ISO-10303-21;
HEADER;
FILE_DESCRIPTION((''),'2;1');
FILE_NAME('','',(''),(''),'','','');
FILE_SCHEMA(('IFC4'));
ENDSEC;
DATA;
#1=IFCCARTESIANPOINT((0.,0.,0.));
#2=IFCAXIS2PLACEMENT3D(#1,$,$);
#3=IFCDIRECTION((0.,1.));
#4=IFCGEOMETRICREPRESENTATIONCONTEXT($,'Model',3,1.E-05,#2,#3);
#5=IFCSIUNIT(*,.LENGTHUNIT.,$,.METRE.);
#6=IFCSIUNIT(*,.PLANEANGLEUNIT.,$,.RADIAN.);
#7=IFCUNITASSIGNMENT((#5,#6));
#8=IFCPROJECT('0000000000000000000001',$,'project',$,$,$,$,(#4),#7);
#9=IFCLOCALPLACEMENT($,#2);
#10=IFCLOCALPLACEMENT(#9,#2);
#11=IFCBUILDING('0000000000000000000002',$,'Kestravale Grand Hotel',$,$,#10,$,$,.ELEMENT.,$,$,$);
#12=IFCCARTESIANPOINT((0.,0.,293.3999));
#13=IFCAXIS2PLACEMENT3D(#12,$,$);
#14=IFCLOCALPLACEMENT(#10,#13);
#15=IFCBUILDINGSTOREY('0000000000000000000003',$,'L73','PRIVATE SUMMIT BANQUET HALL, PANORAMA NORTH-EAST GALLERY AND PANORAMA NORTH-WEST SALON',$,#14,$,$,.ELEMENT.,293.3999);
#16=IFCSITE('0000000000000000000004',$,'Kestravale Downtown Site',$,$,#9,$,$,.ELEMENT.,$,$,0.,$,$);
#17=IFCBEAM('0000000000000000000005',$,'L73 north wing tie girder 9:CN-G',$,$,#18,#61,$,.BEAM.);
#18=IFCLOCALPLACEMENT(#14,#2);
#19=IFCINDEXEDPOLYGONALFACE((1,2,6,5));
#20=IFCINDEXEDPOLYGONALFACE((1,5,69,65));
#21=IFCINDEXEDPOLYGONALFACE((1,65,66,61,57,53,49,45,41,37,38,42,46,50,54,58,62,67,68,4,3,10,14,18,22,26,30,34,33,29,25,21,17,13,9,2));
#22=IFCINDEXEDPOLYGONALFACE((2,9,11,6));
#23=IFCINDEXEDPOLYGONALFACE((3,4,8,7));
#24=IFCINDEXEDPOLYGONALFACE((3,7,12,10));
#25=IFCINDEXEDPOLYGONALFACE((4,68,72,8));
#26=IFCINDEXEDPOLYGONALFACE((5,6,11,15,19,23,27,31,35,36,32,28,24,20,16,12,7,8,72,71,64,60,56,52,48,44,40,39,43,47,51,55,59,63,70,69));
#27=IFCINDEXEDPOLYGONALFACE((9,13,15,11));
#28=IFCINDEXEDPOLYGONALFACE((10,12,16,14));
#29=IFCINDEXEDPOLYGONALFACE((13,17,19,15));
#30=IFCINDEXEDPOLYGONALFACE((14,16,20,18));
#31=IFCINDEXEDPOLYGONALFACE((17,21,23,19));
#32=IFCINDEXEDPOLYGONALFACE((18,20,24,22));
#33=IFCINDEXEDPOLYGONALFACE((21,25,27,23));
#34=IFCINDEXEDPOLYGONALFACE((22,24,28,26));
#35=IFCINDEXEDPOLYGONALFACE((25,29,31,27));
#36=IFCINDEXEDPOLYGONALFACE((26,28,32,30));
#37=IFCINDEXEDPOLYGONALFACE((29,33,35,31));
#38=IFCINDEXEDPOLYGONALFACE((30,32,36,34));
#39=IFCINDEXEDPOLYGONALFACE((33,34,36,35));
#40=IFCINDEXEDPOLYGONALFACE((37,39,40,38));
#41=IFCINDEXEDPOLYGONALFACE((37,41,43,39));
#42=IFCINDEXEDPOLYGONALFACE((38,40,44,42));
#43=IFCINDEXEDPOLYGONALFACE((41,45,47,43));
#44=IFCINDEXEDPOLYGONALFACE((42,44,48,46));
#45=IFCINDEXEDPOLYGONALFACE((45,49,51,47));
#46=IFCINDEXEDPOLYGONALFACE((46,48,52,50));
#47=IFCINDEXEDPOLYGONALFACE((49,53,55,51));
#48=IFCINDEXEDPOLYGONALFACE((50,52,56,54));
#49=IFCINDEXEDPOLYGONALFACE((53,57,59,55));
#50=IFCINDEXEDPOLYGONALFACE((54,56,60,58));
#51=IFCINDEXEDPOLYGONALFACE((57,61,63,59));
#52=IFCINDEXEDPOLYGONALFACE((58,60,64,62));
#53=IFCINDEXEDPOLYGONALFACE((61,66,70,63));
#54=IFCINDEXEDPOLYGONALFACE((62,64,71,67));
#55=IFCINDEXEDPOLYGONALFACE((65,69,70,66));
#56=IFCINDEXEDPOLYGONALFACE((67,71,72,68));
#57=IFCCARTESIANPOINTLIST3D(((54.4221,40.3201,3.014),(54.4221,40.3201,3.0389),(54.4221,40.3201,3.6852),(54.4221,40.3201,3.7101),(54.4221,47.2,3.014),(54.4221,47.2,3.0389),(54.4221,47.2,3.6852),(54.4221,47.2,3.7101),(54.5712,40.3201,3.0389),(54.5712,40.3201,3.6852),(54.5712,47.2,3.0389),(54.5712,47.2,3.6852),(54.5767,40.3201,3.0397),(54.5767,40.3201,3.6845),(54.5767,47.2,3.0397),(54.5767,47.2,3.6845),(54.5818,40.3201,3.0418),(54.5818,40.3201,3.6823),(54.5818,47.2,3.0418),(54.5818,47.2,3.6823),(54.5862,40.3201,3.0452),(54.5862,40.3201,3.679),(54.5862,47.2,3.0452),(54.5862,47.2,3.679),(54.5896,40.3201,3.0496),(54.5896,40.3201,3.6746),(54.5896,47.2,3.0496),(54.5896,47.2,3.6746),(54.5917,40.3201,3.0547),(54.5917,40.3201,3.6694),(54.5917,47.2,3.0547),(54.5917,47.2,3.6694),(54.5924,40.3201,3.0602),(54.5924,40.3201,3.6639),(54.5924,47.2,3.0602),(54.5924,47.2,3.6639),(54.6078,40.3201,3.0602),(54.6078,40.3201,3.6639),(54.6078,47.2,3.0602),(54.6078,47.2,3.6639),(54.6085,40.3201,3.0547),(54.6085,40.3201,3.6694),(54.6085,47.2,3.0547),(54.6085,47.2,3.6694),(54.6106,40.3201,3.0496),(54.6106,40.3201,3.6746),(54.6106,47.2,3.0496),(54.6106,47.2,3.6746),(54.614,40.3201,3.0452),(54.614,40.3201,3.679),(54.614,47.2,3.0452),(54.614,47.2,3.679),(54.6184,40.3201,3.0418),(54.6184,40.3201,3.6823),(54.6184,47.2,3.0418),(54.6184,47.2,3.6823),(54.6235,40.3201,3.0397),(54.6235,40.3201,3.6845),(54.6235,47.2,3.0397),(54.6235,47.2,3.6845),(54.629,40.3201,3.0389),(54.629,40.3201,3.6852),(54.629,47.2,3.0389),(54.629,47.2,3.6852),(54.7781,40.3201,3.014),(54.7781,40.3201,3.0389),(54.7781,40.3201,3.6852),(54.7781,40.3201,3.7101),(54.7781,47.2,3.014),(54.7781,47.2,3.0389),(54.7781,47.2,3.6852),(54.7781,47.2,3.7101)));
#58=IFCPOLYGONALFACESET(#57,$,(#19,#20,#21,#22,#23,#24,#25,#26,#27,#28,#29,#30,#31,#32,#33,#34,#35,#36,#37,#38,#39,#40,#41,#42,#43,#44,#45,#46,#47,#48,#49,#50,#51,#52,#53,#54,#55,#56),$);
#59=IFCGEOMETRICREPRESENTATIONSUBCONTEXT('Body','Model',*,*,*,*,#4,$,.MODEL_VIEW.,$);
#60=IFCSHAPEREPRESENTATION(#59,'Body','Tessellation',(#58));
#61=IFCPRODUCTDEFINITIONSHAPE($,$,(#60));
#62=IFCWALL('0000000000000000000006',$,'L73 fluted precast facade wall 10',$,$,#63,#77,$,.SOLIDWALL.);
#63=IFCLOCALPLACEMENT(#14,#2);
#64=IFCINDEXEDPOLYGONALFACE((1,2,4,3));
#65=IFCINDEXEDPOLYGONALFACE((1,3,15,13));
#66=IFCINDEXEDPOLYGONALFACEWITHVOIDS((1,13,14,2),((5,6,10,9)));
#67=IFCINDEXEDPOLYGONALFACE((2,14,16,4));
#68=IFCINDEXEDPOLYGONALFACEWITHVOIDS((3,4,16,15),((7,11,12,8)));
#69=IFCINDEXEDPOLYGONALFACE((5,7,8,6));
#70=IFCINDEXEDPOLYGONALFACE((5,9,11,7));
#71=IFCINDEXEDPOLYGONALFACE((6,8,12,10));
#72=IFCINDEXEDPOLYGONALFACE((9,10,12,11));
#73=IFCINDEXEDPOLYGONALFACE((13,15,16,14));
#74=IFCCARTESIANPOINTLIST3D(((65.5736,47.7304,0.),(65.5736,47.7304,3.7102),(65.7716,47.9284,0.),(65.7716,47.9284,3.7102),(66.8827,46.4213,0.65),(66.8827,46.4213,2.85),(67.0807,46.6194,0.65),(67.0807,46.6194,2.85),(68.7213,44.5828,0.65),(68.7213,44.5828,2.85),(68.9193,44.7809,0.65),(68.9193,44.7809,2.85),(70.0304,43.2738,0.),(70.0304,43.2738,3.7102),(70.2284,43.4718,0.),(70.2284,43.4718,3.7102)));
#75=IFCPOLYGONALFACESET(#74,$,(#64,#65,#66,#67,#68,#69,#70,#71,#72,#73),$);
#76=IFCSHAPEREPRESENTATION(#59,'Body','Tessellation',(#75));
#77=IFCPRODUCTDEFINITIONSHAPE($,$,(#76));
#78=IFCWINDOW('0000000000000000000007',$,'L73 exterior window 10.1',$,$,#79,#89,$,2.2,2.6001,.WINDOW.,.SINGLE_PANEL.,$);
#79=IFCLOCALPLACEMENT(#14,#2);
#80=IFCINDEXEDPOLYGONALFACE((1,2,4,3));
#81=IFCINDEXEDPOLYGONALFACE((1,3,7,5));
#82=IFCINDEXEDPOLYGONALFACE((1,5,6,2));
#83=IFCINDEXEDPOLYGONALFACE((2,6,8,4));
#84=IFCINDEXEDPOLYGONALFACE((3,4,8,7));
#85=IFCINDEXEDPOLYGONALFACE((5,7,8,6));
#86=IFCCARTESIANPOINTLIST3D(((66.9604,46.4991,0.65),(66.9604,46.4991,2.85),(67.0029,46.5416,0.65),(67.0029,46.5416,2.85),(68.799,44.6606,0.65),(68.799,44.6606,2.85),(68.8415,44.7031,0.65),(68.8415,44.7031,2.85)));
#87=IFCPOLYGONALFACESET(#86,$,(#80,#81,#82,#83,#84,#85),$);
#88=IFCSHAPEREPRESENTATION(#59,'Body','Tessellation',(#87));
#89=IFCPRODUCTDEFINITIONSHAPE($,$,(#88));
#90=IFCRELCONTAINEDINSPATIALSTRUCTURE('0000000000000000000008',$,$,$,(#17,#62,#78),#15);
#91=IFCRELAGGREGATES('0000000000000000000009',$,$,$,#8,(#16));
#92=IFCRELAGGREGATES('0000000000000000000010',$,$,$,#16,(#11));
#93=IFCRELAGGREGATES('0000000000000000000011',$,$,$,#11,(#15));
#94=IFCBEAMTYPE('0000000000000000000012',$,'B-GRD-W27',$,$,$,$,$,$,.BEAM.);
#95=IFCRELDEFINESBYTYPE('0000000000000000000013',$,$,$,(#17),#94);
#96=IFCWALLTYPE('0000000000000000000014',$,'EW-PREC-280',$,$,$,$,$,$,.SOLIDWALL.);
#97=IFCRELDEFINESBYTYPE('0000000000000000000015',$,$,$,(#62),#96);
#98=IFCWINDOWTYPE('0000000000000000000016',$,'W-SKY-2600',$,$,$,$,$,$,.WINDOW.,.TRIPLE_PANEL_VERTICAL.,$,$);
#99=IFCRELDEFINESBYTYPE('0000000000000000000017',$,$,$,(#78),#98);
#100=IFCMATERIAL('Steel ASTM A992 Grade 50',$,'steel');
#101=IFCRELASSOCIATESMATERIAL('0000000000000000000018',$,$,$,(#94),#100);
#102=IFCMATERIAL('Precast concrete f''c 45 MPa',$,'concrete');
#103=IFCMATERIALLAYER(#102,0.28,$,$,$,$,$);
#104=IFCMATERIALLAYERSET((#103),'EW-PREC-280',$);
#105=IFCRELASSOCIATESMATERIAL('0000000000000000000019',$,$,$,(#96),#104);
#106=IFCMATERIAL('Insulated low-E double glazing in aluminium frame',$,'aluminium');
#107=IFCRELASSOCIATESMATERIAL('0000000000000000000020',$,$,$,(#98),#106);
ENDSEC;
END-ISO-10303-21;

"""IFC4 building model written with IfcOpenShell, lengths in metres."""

from ifc_helpers import new_model, si_unit, direction, frame, frame_2d, origin, origin_2d, place, context, subcontext, project, spatial, rectangle, i_section, extrude, material, layer, layer_set, material_profile, profile_set, type_object, element, fill, save


model = new_model("IFC4")

# Units and contexts
model_context = context("Model", 3, precision=1e-05, world=origin(), true_north=direction((0.0, 1.0)))
body_context = subcontext(model_context, "Body", "Model", "MODEL_VIEW")
ifc_project = project(units=[si_unit("LENGTHUNIT", "METRE"), si_unit("PLANEANGLEUNIT", "RADIAN")], contexts=[model_context])

# Site, building, storey
site_placement = place(None, origin())
site = spatial("IfcSite", under=ifc_project, at=site_placement, Name="Kestravale Downtown Site", CompositionType="ELEMENT", RefElevation=0.0)
building_placement = place(site_placement, origin())
building = spatial("IfcBuilding", under=site, at=building_placement, Name="Kestravale Grand Hotel", CompositionType="ELEMENT")
storey_placement = place(building_placement, frame((0.0, 0.0, 293.3999)))
storey = spatial("IfcBuildingStorey", under=building, at=storey_placement, Name="L73", Description="PRIVATE SUMMIT BANQUET HALL, PANORAMA NORTH-EAST GALLERY AND PANORAMA NORTH-WEST SALON", CompositionType="ELEMENT", Elevation=293.3999)

# Beam
ifc_material_1 = material(Name="Steel ASTM A992 Grade 50", Category="steel")
ifc_material_profile_1 = material_profile(ifc_material_1, i_section(OverallWidth=0.356, OverallDepth=0.696, WebThickness=0.0154, FlangeThickness=0.0249, FilletRadius=0.0212, at=origin_2d()))
ifc_profile_set_1 = profile_set([ifc_material_profile_1], Name="Steel ASTM A992 Grade 50")
beam_type = type_object("IfcBeamType", Name="B-GRD-W27", PredefinedType="BEAM", material=ifc_profile_set_1)
beam_1_placement = place(storey_placement, frame((54.6001, 40.3201, 3.3621), z_axis=(0.0, 1.0, 0.0), x_axis=(-1.0, 0.0, 0.0)))
element("IfcBeam", 1, at=beam_1_placement, inside=storey, type_object=beam_type, Name="L73 north wing tie girder 9:CN-G", PredefinedType="BEAM", context=body_context, shape_type="SweptSolid", body=[
    extrude(i_section(OverallWidth=0.356, OverallDepth=0.696, WebThickness=0.0154, FlangeThickness=0.0249, FilletRadius=0.0212, at=origin_2d()), origin(), (0.0, 0.0, 1.0), 6.8799),
])

# Wall, opening, window
ifc_material_2 = material(Name="Precast concrete f'c 45 MPa", Category="concrete")
ifc_layer_1 = layer(ifc_material_2, 0.28)
ifc_layer_set_1 = layer_set([ifc_layer_1], Name="EW-PREC-280")
wall_type_1 = type_object("IfcWallType", Name="EW-PREC-280", PredefinedType="SOLIDWALL", material=ifc_layer_set_1)
wall_1_placement = place(storey_placement, frame((70.1294, 43.3728, 0.0), z_axis=(0.0, 0.0, 1.0), x_axis=(-0.707126, 0.707087, 0.0)))
wall_1 = element("IfcWall", 2, at=wall_1_placement, inside=storey, type_object=wall_type_1, Name="L73 fluted precast facade wall 10", PredefinedType="SOLIDWALL", context=body_context, shape_type="SweptSolid", body=[
    extrude(rectangle(XDim=6.3027, YDim=0.28, at=frame_2d((3.1514, 0.0))), origin(), (0.0, 0.0, 1.0), 3.7102),
])
opening_1_placement = place(wall_1_placement, frame((1.8513, 0.0, 0.6499)))
opening_1 = element("IfcOpeningElement", 3, at=opening_1_placement, cuts=wall_1, PredefinedType="OPENING", context=body_context, shape_type="SweptSolid", body=[
    extrude(rectangle(XDim=2.6001, YDim=2.2, at=frame_2d((1.3, 1.1001))), frame((0.0, 0.1499, 0.0), z_axis=(0.0, -1.0, 0.0), x_axis=(1.0, 0.0, 0.0)), (0.0, 0.0, 1.0), 0.3),
])
ifc_material_3 = material(Name="Insulated low-E double glazing in aluminium frame", Category="aluminium")
window_type = type_object("IfcWindowType", Name="W-SKY-2600", PartitioningType="TRIPLE_PANEL_VERTICAL", PredefinedType="WINDOW", material=ifc_material_3)
window_1_placement = place(opening_1_placement, origin())
window_1 = element("IfcWindow", 4, at=window_1_placement, inside=storey, type_object=window_type, Name="L73 exterior window 10.1", OverallHeight=2.2, OverallWidth=2.6001, PartitioningType="SINGLE_PANEL", PredefinedType="WINDOW", context=body_context, shape_type="SweptSolid", body=[
    extrude(rectangle(XDim=2.6001, YDim=2.2, at=frame_2d((1.3, 1.1001))), frame((0.0, 0.03, 0.0), z_axis=(0.0, -1.0, 0.0), x_axis=(1.0, 0.0, 0.0)), (0.0, 0.0, 1.0), 0.0601),
])
fill(opening_1, window_1)

save(model, "model.ifc")
